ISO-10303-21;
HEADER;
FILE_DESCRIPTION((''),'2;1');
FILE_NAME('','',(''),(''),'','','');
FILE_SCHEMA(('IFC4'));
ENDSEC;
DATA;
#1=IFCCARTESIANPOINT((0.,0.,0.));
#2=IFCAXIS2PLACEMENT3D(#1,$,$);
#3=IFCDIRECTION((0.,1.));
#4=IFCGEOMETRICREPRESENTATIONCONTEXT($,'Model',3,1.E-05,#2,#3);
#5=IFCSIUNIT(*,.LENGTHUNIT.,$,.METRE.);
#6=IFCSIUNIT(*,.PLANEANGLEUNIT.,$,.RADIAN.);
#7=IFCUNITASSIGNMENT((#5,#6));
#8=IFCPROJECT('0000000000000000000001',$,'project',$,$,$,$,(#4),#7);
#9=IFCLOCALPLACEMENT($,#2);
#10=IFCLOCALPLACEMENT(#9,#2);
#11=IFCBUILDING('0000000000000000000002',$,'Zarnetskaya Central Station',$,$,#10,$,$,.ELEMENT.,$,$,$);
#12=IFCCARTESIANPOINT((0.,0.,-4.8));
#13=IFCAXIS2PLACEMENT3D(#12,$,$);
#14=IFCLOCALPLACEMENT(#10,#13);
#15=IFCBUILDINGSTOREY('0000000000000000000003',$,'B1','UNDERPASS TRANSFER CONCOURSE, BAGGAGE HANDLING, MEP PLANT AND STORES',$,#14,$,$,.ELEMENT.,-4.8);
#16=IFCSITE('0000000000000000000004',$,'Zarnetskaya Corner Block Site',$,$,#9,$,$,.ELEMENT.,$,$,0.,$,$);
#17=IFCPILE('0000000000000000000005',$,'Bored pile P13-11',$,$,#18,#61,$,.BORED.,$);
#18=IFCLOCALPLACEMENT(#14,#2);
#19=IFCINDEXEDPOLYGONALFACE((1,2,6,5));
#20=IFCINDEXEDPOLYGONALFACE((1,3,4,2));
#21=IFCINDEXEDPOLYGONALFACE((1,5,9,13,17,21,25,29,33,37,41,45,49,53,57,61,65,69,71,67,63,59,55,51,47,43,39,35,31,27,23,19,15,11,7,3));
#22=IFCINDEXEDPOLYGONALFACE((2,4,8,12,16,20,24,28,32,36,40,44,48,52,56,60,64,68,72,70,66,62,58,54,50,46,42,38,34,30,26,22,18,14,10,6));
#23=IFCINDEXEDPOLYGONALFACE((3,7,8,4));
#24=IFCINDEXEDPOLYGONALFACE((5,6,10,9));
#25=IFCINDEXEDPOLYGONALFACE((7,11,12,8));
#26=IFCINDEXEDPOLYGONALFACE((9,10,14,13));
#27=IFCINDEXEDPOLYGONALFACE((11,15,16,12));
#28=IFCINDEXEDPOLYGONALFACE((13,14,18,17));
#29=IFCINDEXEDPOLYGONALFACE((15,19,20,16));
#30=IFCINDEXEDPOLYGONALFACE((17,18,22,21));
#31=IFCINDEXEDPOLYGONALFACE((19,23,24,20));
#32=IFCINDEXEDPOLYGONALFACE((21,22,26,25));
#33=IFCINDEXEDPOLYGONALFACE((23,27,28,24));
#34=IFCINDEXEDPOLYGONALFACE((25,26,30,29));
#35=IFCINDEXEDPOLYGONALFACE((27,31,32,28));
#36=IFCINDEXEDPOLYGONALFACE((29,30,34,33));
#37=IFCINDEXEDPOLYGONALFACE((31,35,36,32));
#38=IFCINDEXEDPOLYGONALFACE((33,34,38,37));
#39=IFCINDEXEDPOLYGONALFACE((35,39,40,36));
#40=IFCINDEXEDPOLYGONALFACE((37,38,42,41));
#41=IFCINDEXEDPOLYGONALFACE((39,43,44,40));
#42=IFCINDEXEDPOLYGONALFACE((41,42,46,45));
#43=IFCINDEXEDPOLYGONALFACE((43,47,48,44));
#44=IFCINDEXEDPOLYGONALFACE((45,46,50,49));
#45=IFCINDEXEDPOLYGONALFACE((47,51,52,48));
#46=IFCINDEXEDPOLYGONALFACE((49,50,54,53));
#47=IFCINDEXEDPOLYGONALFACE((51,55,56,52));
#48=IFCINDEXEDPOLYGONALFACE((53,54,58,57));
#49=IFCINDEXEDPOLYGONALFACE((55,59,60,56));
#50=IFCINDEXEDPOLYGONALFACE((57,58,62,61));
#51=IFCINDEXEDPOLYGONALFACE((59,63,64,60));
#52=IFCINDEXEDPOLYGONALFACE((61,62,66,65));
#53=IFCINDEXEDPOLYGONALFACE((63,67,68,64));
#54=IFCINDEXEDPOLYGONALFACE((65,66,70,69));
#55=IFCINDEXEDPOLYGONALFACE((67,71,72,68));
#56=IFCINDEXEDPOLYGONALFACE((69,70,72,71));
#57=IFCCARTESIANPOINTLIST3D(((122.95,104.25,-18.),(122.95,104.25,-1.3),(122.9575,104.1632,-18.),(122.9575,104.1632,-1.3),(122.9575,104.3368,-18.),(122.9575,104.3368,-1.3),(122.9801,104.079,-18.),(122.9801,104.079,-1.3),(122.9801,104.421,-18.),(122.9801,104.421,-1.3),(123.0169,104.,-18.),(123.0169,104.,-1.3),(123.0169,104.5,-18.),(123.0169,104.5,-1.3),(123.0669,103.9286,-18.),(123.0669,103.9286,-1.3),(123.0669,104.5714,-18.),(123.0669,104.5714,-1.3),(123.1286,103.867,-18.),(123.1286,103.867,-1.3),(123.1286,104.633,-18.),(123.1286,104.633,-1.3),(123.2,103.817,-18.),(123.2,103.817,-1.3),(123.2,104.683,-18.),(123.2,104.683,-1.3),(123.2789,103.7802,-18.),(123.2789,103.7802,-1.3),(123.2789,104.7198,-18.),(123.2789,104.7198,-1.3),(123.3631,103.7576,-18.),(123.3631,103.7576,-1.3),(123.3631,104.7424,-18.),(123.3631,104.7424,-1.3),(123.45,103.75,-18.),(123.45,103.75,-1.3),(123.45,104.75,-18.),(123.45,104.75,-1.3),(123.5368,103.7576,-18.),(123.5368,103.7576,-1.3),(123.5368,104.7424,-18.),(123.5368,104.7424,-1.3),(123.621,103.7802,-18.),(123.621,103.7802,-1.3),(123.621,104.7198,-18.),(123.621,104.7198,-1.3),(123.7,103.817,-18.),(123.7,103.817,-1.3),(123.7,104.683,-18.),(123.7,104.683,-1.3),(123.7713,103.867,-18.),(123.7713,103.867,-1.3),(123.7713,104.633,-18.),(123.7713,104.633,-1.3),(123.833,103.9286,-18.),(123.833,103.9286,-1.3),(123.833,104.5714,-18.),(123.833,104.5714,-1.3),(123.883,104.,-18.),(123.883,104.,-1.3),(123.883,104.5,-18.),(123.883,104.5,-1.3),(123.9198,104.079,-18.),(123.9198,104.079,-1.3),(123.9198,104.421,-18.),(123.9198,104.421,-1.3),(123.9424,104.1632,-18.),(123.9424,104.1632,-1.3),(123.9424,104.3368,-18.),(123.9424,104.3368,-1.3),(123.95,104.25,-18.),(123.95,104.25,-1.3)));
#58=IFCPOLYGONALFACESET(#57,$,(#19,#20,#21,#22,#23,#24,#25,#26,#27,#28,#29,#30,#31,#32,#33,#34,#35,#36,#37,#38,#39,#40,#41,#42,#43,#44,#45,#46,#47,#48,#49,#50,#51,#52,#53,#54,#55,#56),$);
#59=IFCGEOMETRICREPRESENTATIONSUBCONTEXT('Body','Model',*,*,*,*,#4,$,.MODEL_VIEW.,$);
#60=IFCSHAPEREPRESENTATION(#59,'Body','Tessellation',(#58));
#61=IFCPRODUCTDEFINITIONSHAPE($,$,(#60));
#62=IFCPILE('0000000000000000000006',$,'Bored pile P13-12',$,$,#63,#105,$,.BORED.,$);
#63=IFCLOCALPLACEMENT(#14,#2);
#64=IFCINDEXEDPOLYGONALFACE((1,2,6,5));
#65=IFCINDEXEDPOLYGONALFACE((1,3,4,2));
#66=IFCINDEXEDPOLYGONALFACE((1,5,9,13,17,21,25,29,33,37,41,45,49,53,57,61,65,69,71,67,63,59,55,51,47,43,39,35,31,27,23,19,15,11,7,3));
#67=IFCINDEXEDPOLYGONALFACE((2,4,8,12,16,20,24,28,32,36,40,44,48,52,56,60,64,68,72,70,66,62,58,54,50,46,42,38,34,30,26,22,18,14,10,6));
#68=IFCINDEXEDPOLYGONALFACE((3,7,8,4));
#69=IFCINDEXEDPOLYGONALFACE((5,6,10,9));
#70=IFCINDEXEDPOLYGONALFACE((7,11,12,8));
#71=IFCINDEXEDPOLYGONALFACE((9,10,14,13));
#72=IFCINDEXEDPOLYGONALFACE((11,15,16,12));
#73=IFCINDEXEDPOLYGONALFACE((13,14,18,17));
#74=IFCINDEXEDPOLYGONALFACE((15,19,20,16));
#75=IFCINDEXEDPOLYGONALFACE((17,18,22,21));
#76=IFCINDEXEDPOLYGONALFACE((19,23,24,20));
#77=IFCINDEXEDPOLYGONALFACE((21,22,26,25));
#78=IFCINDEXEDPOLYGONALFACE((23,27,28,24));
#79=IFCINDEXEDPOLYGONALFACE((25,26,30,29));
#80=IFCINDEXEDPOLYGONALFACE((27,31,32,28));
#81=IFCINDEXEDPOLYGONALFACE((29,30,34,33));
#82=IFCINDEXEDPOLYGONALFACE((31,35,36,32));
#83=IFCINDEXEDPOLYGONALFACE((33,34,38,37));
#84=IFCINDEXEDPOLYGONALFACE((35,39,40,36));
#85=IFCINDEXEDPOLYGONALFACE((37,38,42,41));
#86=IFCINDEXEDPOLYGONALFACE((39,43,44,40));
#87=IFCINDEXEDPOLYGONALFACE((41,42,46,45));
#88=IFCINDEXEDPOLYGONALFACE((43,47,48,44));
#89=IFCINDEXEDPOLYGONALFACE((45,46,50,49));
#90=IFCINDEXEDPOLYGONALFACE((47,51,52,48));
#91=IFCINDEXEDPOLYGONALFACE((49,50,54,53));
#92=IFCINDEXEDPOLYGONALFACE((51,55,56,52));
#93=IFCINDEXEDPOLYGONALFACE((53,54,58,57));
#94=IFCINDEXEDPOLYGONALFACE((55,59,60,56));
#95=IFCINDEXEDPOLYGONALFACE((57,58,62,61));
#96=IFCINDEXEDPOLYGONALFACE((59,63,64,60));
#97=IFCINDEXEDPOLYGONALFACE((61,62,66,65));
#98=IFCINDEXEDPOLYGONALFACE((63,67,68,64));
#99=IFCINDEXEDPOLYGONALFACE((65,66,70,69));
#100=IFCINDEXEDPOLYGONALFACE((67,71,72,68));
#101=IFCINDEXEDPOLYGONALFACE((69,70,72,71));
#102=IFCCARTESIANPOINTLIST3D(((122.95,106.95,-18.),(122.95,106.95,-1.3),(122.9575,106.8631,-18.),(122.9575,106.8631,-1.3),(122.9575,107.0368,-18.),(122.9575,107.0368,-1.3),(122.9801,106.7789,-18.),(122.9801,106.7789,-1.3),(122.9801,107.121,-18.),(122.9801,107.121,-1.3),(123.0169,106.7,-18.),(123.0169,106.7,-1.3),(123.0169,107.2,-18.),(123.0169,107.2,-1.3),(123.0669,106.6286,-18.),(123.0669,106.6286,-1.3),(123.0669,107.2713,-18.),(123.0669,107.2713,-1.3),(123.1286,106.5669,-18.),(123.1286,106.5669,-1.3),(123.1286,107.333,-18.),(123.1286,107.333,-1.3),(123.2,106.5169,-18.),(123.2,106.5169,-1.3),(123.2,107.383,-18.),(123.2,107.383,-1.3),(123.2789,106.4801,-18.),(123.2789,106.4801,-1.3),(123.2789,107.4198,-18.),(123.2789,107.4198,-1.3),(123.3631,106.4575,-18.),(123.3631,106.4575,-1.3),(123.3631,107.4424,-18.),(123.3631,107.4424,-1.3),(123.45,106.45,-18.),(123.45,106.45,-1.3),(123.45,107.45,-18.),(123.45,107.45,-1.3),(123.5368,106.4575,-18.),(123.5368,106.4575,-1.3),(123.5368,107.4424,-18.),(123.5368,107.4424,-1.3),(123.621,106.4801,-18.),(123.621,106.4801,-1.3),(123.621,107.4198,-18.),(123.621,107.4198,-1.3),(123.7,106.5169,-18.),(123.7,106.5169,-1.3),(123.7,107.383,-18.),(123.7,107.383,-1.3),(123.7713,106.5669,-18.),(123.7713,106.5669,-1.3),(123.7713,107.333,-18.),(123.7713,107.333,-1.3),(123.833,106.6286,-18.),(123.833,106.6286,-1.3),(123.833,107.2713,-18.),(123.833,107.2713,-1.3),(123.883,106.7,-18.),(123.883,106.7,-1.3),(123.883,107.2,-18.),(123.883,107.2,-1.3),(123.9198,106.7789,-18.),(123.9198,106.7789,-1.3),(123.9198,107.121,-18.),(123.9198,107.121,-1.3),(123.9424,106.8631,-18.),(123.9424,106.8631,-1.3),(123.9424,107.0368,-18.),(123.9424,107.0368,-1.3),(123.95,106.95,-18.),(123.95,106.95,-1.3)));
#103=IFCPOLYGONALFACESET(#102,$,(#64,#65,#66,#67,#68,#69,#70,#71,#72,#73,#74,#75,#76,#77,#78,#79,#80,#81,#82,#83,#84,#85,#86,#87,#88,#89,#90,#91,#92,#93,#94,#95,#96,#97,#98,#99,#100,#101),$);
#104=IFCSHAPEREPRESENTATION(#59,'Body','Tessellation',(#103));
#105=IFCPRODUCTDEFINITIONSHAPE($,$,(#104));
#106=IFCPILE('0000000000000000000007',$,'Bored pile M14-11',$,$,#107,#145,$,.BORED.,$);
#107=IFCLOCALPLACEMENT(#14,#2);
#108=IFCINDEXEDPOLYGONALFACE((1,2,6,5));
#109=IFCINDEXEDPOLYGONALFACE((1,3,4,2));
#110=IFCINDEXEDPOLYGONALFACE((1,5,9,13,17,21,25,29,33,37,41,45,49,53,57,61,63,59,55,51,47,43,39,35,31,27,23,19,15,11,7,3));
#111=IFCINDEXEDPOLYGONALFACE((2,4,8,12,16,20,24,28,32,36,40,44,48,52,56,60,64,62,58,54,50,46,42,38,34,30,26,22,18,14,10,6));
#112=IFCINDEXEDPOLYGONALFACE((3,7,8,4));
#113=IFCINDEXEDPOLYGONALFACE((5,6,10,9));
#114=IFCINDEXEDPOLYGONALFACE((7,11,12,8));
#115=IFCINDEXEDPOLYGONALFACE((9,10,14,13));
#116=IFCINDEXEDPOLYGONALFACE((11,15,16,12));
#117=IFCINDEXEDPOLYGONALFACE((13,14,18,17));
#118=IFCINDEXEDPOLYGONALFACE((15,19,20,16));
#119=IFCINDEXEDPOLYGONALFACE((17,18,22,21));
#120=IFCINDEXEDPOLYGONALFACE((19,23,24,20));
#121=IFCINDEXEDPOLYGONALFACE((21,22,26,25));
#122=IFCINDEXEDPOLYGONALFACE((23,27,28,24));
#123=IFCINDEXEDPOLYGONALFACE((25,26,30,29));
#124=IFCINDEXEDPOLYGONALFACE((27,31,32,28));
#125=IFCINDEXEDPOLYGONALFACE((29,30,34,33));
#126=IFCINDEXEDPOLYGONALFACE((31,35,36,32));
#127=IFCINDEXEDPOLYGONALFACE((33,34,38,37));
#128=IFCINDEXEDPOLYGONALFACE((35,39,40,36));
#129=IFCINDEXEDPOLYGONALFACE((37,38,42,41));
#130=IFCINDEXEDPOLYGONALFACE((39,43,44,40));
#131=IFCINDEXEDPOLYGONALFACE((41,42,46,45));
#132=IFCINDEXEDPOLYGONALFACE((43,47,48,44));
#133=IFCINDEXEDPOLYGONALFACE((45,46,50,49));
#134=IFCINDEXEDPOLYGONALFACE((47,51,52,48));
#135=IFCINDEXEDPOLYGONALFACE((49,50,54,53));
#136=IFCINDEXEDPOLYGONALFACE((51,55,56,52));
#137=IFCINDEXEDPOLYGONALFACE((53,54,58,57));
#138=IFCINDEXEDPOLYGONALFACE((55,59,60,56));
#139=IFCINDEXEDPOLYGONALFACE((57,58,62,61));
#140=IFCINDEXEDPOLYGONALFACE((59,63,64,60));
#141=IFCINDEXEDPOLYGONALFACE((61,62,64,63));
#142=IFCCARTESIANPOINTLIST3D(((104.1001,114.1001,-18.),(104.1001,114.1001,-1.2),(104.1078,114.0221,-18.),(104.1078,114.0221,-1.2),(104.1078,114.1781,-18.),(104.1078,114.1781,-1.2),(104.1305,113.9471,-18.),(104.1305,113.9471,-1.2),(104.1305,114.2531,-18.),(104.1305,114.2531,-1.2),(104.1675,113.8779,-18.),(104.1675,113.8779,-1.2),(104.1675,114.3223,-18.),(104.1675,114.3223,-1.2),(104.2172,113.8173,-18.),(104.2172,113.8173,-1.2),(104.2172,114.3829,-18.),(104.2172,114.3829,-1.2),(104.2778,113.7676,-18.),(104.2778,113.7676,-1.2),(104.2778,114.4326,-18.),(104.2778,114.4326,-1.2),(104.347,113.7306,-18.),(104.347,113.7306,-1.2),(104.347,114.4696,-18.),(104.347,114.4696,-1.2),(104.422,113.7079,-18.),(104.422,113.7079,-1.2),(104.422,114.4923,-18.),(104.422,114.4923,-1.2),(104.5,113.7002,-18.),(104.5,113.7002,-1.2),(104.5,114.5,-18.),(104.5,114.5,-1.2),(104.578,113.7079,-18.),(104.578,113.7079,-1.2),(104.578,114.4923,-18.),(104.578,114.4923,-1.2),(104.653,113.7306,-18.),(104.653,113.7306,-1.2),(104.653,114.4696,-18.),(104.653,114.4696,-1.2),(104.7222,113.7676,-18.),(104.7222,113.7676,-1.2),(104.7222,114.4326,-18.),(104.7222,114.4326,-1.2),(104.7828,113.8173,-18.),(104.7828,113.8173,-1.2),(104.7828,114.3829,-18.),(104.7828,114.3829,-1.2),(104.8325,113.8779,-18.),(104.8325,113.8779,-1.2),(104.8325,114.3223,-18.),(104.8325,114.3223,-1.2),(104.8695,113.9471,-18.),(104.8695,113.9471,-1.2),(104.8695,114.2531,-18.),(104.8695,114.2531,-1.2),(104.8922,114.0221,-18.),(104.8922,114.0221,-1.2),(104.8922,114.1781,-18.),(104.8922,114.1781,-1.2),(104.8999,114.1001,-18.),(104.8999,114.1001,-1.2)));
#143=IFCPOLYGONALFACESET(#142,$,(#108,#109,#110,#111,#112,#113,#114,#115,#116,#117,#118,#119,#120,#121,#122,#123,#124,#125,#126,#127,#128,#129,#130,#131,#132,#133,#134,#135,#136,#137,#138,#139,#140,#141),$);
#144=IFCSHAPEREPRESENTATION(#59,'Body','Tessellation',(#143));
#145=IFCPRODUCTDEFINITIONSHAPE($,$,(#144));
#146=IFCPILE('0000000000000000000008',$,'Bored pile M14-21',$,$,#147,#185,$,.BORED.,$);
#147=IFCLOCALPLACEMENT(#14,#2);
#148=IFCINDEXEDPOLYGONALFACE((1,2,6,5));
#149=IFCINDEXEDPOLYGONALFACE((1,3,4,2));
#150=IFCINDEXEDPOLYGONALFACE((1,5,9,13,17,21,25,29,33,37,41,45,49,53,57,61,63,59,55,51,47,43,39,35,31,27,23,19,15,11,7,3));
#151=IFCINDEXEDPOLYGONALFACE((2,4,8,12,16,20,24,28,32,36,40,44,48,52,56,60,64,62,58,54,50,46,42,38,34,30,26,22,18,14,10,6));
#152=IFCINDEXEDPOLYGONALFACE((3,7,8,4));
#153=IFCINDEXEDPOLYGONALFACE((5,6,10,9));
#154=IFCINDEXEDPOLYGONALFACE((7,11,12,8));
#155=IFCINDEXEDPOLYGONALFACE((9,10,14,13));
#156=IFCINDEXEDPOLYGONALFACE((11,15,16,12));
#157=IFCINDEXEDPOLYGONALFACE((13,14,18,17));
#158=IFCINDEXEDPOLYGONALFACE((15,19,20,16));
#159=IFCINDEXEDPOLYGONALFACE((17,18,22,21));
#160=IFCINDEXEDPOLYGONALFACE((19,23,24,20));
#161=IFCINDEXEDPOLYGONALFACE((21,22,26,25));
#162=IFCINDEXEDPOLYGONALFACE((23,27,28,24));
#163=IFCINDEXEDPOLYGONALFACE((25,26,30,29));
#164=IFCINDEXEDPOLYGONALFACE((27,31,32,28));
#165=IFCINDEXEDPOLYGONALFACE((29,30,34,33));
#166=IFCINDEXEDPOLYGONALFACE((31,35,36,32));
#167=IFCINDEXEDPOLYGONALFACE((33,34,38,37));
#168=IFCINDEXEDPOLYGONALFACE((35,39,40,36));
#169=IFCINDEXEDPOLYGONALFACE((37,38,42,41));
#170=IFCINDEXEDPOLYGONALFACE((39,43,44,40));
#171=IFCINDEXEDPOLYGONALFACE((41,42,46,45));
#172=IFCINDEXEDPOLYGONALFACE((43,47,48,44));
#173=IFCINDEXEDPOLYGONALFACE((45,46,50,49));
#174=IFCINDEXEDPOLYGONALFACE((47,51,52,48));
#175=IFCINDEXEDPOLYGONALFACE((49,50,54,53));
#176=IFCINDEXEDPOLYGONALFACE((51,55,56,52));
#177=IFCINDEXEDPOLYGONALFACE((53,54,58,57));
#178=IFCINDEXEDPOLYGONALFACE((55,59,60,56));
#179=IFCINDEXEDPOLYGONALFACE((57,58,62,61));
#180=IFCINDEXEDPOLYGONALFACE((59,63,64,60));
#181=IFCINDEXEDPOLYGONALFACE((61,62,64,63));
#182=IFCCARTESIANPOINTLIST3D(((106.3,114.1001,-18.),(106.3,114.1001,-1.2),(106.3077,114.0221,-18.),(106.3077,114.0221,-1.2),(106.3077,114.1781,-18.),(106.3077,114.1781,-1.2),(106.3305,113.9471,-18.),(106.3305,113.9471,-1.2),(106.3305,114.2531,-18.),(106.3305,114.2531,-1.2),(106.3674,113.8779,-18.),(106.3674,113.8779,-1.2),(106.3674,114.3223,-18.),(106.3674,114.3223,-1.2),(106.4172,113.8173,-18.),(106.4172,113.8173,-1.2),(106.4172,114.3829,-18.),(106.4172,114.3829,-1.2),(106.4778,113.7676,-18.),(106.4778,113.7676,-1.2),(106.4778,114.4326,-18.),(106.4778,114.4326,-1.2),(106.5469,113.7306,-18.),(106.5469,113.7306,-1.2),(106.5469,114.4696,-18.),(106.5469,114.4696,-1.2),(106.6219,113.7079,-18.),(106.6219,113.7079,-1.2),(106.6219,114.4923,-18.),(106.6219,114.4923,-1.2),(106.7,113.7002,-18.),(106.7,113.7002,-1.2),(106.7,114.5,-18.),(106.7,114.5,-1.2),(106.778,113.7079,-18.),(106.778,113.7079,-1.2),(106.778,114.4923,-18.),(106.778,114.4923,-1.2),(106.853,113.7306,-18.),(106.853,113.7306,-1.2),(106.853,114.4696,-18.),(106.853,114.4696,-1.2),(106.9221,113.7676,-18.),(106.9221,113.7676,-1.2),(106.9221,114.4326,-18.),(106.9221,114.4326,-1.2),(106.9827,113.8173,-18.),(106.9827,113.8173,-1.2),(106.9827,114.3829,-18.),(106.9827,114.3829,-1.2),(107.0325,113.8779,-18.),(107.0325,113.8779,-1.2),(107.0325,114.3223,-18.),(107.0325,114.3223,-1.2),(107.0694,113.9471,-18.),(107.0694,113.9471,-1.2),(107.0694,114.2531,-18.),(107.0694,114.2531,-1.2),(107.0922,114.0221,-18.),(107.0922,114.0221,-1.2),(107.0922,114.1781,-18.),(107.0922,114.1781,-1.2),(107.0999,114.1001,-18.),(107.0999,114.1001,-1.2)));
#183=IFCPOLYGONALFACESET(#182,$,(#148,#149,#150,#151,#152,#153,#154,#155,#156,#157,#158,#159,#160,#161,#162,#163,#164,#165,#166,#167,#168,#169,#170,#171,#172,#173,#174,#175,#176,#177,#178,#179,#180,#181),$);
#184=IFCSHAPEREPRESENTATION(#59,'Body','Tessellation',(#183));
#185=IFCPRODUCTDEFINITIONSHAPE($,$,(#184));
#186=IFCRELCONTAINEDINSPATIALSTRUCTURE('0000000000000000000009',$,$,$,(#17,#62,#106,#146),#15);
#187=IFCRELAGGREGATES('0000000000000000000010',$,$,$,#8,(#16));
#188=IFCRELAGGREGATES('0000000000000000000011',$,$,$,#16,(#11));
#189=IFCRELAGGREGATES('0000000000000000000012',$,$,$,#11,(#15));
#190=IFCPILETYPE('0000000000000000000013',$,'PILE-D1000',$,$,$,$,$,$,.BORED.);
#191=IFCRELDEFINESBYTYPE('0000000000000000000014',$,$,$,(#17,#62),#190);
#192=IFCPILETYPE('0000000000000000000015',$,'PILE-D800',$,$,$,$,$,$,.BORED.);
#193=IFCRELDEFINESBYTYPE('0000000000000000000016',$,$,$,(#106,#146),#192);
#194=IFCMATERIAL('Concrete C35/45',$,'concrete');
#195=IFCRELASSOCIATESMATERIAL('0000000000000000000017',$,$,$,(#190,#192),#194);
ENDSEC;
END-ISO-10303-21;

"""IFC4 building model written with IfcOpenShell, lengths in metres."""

from ifc_helpers import new_model, si_unit, direction, frame, origin, origin_2d, place, context, subcontext, project, spatial, circle, extrude, material, material_profile, profile_set, type_object, element, save


model = new_model("IFC4")

# Units and contexts
model_context = context("Model", 3, precision=1e-05, world=origin(), true_north=direction((0.0, 1.0)))
body_context = subcontext(model_context, "Body", "Model", "MODEL_VIEW")
ifc_project = project(units=[si_unit("LENGTHUNIT", "METRE"), si_unit("PLANEANGLEUNIT", "RADIAN")], contexts=[model_context])

# Site, building, storey
site_placement = place(None, origin())
site = spatial("IfcSite", under=ifc_project, at=site_placement, Name="Zarnetskaya Corner Block Site", CompositionType="ELEMENT", RefElevation=0.0)
building_placement = place(site_placement, origin())
building = spatial("IfcBuilding", under=site, at=building_placement, Name="Zarnetskaya Central Station", CompositionType="ELEMENT")
storey_placement = place(building_placement, frame((0.0, 0.0, -4.8)))
storey = spatial("IfcBuildingStorey", under=building, at=storey_placement, Name="B1", Description="UNDERPASS TRANSFER CONCOURSE, BAGGAGE HANDLING, MEP PLANT AND STORES", CompositionType="ELEMENT", Elevation=-4.8)

# Shared definitions
ifc_material = material(Name="Concrete C35/45", Category="concrete")

# Piles
ifc_material_profile_1 = material_profile(ifc_material, circle(Radius=0.5, at=origin_2d()), Name="BORED PILE D1000")
ifc_profile_set_1 = profile_set([ifc_material_profile_1], Name="Concrete C35/45")
pile_type_1 = type_object("IfcPileType", Name="PILE-D1000", PredefinedType="BORED", material=ifc_profile_set_1)
for number, where, z_axis, x_axis, name in (
    (1, (123.45, 104.25, -1.3), (0.0, 0.0, -1.0), (1.0, 0.0, 0.0), "Bored pile P13-11"),
    (2, (123.45, 106.95, -1.3), (0.0, 0.0, -1.0), (1.0, 0.0, 0.0), "Bored pile P13-12"),
):
    element("IfcPile", number, at=place(storey_placement, frame(where, z_axis=z_axis, x_axis=x_axis)), inside=storey, type_object=pile_type_1, Name=name, PredefinedType="BORED", context=body_context, shape_type="SweptSolid", body=[
        extrude(circle(Radius=0.5, at=origin_2d()), origin(), (0.0, 0.0, 1.0), 16.7),
    ])
ifc_material_profile_2 = material_profile(ifc_material, circle(Radius=0.3999, at=origin_2d()), Name="BORED PILE D800")
ifc_profile_set_2 = profile_set([ifc_material_profile_2], Name="Concrete C35/45")
pile_type_2 = type_object("IfcPileType", Name="PILE-D800", PredefinedType="BORED", material=ifc_profile_set_2)
for number, where, z_axis, x_axis, name in (
    (3, (104.5, 114.1001, -1.2), (0.0, 0.0, -1.0), (1.0, 0.0, 0.0), "Bored pile M14-11"),
    (4, (106.7, 114.1001, -1.2), (0.0, 0.0, -1.0), (1.0, 0.0, 0.0), "Bored pile M14-21"),
):
    element("IfcPile", number, at=place(storey_placement, frame(where, z_axis=z_axis, x_axis=x_axis)), inside=storey, type_object=pile_type_2, Name=name, PredefinedType="BORED", context=body_context, shape_type="SweptSolid", body=[
        extrude(circle(Radius=0.3999, at=origin_2d()), origin(), (0.0, 0.0, 1.0), 16.8),
    ])

save(model, "model.ifc")
